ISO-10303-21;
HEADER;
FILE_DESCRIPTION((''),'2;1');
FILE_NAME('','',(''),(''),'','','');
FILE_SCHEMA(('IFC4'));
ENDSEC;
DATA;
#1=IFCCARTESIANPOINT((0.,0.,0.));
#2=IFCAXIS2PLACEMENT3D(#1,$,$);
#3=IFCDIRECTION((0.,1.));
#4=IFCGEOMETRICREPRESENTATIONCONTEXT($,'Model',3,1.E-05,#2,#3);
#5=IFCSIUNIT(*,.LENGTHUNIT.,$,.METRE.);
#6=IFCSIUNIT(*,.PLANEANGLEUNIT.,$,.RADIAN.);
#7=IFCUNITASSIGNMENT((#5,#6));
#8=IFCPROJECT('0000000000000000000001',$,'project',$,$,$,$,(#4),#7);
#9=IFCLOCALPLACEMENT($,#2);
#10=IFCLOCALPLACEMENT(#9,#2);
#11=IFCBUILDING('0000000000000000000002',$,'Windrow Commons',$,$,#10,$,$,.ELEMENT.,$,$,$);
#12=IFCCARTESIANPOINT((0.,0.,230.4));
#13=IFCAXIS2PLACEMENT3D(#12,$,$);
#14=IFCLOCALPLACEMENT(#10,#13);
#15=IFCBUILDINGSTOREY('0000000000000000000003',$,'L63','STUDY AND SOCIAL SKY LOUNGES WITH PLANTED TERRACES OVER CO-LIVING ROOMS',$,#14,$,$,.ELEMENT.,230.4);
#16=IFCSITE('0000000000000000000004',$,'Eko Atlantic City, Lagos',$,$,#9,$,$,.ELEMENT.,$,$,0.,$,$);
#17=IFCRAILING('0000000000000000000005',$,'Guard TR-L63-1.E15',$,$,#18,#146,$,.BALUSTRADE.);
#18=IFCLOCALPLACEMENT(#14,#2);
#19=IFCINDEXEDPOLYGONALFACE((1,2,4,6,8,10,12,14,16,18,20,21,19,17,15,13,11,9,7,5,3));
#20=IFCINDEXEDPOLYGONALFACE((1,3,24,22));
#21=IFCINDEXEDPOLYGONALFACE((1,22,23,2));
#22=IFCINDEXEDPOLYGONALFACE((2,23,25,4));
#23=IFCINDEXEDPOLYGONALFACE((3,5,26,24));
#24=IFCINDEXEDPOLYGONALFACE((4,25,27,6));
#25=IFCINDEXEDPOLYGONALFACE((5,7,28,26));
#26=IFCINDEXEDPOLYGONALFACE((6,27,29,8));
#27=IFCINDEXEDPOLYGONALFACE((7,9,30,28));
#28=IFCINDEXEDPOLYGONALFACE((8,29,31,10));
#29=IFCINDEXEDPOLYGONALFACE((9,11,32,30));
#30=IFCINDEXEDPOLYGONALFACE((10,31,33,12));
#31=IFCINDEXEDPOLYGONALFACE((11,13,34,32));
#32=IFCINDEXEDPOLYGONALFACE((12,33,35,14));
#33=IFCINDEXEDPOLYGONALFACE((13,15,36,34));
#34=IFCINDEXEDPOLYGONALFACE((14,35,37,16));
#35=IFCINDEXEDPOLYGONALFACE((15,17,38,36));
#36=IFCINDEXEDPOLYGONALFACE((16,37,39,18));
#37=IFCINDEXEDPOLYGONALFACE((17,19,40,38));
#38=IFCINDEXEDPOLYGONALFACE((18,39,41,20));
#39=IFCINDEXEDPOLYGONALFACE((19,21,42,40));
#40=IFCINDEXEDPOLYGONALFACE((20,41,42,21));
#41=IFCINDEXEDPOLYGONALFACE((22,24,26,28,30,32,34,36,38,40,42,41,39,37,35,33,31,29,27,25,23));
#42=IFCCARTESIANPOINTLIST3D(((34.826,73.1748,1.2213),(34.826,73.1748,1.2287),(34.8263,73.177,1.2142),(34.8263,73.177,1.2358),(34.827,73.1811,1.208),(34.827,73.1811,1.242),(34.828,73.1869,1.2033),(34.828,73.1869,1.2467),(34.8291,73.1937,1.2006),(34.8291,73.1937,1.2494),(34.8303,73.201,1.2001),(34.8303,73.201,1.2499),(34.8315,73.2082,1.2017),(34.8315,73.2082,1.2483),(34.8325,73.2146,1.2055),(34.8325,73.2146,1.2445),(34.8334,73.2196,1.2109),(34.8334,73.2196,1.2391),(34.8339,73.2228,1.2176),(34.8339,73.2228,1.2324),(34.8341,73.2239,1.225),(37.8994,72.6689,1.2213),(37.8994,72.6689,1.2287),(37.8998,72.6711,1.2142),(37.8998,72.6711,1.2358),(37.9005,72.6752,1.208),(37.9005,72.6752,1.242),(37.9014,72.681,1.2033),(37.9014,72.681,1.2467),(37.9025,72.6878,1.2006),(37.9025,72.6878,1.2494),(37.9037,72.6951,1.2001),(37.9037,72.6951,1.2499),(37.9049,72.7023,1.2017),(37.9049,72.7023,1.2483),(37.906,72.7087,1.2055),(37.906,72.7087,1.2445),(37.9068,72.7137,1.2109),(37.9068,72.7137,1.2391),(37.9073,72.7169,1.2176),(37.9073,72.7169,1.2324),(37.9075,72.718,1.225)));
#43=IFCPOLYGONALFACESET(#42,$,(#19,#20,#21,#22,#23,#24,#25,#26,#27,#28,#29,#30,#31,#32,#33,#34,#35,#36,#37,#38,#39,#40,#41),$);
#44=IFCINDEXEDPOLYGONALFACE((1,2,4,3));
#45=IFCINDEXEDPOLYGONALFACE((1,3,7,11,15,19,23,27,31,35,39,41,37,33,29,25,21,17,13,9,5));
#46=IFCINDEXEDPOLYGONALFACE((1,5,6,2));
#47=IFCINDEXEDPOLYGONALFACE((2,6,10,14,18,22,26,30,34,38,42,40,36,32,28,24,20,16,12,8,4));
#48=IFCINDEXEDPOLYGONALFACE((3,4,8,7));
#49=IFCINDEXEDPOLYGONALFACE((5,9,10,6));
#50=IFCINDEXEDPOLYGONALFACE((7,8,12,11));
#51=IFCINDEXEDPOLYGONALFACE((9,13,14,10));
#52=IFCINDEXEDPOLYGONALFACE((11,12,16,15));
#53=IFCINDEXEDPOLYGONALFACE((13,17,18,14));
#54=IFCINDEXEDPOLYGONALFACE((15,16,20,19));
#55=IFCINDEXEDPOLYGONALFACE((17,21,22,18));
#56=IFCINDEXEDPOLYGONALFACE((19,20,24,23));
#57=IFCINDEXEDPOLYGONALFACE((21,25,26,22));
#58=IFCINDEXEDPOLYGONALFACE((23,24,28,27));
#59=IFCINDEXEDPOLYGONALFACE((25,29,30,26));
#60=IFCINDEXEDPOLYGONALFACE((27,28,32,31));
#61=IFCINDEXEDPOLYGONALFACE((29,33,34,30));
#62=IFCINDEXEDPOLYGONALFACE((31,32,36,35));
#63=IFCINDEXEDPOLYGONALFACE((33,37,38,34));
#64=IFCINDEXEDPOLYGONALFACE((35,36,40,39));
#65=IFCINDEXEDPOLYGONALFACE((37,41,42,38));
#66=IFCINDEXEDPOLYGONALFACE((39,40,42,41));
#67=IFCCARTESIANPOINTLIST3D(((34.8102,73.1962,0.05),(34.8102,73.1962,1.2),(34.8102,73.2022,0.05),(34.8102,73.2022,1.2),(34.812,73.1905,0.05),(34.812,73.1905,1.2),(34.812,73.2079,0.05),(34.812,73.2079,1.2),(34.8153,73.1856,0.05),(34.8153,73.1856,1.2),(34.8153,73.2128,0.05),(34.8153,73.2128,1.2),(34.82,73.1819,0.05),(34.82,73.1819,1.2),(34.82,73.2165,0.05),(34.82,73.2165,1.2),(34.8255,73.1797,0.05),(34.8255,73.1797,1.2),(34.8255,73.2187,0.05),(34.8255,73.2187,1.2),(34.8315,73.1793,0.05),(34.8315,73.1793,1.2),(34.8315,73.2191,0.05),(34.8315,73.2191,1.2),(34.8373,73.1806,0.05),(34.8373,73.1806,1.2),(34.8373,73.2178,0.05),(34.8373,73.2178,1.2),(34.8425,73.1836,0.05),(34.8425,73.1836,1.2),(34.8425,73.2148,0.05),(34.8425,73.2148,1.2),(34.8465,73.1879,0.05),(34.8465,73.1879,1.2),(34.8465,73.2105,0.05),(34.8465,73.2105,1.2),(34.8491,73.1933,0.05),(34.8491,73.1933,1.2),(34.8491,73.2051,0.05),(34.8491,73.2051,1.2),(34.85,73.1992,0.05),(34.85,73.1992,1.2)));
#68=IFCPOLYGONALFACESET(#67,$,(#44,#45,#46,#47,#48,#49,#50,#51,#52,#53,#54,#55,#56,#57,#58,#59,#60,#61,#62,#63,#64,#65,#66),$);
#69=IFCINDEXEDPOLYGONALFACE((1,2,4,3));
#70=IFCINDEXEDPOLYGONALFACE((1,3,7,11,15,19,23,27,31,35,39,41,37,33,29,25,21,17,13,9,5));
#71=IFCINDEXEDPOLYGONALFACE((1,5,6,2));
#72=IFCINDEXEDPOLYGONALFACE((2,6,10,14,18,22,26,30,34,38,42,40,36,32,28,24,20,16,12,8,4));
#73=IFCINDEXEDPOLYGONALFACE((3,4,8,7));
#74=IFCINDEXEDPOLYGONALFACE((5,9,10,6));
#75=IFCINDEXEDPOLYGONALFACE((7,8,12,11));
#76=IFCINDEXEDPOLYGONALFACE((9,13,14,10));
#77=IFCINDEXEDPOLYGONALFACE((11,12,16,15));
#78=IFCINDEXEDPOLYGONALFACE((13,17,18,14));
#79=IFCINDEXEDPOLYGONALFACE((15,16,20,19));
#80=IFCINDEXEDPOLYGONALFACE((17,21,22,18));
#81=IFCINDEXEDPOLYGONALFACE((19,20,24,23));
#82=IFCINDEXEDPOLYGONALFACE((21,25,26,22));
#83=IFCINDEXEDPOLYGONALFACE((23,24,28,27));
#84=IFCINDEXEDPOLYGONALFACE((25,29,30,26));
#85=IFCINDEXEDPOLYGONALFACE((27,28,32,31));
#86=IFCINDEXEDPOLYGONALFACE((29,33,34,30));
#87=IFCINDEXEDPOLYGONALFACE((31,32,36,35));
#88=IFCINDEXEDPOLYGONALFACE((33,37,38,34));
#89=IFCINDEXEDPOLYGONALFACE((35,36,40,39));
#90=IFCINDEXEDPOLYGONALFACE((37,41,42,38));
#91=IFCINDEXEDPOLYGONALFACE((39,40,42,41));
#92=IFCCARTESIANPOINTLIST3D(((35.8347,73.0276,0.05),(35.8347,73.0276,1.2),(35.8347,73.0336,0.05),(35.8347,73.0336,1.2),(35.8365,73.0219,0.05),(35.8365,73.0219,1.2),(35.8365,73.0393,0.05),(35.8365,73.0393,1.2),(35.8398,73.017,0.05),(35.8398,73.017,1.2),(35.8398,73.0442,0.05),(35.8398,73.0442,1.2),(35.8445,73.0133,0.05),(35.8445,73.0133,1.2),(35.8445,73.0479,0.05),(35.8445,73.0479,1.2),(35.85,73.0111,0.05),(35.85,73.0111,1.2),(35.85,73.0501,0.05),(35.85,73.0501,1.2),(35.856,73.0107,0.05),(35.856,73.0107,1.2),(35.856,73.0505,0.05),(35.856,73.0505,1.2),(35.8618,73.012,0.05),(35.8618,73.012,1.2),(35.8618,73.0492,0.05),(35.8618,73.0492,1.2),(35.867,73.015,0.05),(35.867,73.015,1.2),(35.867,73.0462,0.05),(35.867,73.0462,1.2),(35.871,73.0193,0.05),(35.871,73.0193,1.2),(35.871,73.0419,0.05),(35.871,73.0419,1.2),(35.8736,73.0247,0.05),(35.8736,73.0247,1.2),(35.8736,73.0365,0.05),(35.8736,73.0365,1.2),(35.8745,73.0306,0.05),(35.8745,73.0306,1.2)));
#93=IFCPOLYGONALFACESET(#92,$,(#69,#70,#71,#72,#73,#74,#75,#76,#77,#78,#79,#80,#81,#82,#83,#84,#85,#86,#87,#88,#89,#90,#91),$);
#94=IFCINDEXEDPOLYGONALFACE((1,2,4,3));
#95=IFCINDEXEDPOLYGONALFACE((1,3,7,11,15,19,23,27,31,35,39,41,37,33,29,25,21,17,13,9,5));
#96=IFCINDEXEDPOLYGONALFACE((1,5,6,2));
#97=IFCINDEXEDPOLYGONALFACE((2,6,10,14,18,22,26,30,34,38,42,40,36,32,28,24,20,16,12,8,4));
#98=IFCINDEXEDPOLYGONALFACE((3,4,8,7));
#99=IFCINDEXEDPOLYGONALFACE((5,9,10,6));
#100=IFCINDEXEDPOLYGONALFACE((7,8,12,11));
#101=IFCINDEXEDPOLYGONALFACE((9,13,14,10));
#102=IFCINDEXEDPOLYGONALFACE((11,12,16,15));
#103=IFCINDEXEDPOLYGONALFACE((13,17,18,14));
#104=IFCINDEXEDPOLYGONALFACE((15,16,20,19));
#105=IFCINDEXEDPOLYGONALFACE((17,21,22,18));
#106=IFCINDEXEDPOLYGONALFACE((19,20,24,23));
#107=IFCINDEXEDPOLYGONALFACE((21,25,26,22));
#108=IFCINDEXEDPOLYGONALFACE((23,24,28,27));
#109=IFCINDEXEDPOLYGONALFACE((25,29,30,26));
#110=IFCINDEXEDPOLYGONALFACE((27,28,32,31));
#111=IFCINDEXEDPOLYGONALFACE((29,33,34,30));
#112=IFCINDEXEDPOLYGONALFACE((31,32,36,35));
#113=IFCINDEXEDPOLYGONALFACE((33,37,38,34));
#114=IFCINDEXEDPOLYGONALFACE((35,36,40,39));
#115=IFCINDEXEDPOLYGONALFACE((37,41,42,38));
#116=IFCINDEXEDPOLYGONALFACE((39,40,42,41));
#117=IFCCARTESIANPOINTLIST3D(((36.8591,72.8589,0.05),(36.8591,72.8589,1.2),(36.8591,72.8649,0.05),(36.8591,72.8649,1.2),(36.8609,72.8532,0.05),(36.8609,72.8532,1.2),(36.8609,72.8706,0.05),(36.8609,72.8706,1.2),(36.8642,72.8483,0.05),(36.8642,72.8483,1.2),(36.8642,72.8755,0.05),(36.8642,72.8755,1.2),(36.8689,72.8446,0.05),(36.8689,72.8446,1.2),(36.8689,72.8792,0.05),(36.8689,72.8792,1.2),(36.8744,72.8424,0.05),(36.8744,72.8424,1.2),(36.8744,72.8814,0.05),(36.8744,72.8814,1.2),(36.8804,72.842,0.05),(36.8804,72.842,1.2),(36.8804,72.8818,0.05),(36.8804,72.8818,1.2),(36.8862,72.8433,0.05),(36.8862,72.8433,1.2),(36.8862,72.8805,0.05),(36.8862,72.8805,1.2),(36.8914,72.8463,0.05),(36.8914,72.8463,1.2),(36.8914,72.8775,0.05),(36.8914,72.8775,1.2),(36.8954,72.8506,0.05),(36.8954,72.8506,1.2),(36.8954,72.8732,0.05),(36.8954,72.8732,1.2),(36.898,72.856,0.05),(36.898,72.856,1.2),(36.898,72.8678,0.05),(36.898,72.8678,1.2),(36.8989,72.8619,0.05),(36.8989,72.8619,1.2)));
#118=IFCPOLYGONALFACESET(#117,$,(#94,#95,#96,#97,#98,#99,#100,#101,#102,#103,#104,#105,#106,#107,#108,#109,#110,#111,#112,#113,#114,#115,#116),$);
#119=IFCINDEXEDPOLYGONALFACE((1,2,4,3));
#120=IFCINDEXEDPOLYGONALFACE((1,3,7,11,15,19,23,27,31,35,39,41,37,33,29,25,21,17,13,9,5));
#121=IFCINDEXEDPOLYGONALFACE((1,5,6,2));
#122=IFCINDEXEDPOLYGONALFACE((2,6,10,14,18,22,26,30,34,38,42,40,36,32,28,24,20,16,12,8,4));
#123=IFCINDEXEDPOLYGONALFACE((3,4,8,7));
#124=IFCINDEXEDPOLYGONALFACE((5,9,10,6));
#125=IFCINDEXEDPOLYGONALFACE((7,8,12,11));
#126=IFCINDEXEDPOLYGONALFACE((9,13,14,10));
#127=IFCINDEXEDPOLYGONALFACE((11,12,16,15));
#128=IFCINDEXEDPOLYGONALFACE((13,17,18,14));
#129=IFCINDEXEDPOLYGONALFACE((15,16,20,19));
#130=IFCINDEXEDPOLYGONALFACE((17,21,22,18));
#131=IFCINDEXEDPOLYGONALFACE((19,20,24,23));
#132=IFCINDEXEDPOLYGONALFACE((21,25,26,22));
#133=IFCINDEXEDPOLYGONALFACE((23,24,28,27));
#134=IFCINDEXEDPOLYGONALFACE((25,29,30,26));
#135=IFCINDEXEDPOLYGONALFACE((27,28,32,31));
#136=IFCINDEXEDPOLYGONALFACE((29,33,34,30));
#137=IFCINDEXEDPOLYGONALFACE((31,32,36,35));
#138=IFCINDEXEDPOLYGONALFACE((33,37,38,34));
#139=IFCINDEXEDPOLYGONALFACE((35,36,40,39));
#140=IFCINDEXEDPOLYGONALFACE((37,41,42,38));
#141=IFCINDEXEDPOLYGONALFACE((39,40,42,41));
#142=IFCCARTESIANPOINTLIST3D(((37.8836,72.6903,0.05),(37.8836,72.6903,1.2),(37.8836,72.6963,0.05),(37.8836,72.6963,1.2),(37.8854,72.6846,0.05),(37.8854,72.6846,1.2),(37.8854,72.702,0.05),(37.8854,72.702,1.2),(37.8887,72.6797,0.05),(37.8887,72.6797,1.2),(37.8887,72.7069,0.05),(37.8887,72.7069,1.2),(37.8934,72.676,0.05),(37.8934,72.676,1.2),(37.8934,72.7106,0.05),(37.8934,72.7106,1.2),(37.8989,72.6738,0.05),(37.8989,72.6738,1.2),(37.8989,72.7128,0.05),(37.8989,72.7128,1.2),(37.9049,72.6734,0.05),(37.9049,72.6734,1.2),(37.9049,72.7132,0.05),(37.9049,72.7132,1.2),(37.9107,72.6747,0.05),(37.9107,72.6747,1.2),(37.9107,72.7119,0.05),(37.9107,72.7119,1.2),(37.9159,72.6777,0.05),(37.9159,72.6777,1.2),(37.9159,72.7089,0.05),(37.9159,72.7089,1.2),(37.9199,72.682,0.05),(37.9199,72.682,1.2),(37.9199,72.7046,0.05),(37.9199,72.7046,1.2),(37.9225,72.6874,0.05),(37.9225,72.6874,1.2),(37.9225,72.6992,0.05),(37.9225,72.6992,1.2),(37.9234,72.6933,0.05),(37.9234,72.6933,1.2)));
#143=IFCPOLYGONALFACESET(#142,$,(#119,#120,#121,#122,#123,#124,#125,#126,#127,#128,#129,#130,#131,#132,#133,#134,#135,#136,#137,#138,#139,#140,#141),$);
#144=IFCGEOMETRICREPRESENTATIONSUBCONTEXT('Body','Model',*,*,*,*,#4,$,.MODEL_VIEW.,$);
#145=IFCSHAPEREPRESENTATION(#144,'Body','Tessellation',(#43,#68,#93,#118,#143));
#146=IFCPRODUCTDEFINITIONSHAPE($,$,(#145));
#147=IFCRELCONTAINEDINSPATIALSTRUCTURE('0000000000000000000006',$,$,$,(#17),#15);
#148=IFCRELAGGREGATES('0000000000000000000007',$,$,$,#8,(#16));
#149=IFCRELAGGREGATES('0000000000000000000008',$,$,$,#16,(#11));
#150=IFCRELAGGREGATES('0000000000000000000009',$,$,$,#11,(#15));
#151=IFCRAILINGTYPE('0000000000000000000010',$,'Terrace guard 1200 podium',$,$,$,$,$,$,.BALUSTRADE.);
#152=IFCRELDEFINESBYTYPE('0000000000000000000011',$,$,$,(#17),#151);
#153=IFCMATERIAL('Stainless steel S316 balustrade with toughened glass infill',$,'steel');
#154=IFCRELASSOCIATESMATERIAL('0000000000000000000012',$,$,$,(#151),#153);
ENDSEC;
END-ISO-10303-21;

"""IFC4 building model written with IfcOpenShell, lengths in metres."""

from ifc_helpers import new_model, si_unit, direction, frame, origin, origin_2d, place, context, subcontext, project, spatial, circle, extrude, material, type_object, element, save


model = new_model("IFC4")

# Units and contexts
model_context = context("Model", 3, precision=1e-05, world=origin(), true_north=direction((0.0, 1.0)))
body_context = subcontext(model_context, "Body", "Model", "MODEL_VIEW")
ifc_project = project(units=[si_unit("LENGTHUNIT", "METRE"), si_unit("PLANEANGLEUNIT", "RADIAN")], contexts=[model_context])

# Site, building, storey
site_placement = place(None, origin())
site = spatial("IfcSite", under=ifc_project, at=site_placement, Name="Eko Atlantic City, Lagos", CompositionType="ELEMENT", RefElevation=0.0)
building_placement = place(site_placement, origin())
building = spatial("IfcBuilding", under=site, at=building_placement, Name="Windrow Commons", CompositionType="ELEMENT")
storey_placement = place(building_placement, frame((0.0, 0.0, 230.4)))
storey = spatial("IfcBuildingStorey", under=building, at=storey_placement, Name="L63", Description="STUDY AND SOCIAL SKY LOUNGES WITH PLANTED TERRACES OVER CO-LIVING ROOMS", CompositionType="ELEMENT", Elevation=230.4)

# Railing
ifc_material_1 = material(Name="Stainless steel S316 balustrade with toughened glass infill", Category="steel")
railing_type = type_object("IfcRailingType", Name="Terrace guard 1200 podium", PredefinedType="BALUSTRADE", material=ifc_material_1)
railing_1_placement = place(storey_placement, frame((34.83, 73.1992, 0.05)))
element("IfcRailing", 1, at=railing_1_placement, inside=storey, type_object=railing_type, Name="Guard TR-L63-1.E15", PredefinedType="BALUSTRADE", context=body_context, shape_type="SweptSolid", body=[
    extrude(circle(Radius=0.025, at=origin_2d()), frame((0.0, 0.0, 1.175), z_axis=(0.986722, -0.16242, 0.0), x_axis=(0.16242, 0.986722, 0.0)), (0.0, 0.0, 1.0), 3.1148),
    extrude(circle(Radius=0.02, at=origin_2d()), origin(), (0.0, 0.0, 1.0), 1.15),
    extrude(circle(Radius=0.02, at=origin_2d()), frame((1.0245, -0.1686, 0.0)), (0.0, 0.0, 1.0), 1.15),
    extrude(circle(Radius=0.02, at=origin_2d()), frame((2.0489, -0.3373, 0.0)), (0.0, 0.0, 1.0), 1.15),
    extrude(circle(Radius=0.02, at=origin_2d()), frame((3.0734, -0.5059, 0.0)), (0.0, 0.0, 1.0), 1.15),
])

save(model, "model.ifc")
